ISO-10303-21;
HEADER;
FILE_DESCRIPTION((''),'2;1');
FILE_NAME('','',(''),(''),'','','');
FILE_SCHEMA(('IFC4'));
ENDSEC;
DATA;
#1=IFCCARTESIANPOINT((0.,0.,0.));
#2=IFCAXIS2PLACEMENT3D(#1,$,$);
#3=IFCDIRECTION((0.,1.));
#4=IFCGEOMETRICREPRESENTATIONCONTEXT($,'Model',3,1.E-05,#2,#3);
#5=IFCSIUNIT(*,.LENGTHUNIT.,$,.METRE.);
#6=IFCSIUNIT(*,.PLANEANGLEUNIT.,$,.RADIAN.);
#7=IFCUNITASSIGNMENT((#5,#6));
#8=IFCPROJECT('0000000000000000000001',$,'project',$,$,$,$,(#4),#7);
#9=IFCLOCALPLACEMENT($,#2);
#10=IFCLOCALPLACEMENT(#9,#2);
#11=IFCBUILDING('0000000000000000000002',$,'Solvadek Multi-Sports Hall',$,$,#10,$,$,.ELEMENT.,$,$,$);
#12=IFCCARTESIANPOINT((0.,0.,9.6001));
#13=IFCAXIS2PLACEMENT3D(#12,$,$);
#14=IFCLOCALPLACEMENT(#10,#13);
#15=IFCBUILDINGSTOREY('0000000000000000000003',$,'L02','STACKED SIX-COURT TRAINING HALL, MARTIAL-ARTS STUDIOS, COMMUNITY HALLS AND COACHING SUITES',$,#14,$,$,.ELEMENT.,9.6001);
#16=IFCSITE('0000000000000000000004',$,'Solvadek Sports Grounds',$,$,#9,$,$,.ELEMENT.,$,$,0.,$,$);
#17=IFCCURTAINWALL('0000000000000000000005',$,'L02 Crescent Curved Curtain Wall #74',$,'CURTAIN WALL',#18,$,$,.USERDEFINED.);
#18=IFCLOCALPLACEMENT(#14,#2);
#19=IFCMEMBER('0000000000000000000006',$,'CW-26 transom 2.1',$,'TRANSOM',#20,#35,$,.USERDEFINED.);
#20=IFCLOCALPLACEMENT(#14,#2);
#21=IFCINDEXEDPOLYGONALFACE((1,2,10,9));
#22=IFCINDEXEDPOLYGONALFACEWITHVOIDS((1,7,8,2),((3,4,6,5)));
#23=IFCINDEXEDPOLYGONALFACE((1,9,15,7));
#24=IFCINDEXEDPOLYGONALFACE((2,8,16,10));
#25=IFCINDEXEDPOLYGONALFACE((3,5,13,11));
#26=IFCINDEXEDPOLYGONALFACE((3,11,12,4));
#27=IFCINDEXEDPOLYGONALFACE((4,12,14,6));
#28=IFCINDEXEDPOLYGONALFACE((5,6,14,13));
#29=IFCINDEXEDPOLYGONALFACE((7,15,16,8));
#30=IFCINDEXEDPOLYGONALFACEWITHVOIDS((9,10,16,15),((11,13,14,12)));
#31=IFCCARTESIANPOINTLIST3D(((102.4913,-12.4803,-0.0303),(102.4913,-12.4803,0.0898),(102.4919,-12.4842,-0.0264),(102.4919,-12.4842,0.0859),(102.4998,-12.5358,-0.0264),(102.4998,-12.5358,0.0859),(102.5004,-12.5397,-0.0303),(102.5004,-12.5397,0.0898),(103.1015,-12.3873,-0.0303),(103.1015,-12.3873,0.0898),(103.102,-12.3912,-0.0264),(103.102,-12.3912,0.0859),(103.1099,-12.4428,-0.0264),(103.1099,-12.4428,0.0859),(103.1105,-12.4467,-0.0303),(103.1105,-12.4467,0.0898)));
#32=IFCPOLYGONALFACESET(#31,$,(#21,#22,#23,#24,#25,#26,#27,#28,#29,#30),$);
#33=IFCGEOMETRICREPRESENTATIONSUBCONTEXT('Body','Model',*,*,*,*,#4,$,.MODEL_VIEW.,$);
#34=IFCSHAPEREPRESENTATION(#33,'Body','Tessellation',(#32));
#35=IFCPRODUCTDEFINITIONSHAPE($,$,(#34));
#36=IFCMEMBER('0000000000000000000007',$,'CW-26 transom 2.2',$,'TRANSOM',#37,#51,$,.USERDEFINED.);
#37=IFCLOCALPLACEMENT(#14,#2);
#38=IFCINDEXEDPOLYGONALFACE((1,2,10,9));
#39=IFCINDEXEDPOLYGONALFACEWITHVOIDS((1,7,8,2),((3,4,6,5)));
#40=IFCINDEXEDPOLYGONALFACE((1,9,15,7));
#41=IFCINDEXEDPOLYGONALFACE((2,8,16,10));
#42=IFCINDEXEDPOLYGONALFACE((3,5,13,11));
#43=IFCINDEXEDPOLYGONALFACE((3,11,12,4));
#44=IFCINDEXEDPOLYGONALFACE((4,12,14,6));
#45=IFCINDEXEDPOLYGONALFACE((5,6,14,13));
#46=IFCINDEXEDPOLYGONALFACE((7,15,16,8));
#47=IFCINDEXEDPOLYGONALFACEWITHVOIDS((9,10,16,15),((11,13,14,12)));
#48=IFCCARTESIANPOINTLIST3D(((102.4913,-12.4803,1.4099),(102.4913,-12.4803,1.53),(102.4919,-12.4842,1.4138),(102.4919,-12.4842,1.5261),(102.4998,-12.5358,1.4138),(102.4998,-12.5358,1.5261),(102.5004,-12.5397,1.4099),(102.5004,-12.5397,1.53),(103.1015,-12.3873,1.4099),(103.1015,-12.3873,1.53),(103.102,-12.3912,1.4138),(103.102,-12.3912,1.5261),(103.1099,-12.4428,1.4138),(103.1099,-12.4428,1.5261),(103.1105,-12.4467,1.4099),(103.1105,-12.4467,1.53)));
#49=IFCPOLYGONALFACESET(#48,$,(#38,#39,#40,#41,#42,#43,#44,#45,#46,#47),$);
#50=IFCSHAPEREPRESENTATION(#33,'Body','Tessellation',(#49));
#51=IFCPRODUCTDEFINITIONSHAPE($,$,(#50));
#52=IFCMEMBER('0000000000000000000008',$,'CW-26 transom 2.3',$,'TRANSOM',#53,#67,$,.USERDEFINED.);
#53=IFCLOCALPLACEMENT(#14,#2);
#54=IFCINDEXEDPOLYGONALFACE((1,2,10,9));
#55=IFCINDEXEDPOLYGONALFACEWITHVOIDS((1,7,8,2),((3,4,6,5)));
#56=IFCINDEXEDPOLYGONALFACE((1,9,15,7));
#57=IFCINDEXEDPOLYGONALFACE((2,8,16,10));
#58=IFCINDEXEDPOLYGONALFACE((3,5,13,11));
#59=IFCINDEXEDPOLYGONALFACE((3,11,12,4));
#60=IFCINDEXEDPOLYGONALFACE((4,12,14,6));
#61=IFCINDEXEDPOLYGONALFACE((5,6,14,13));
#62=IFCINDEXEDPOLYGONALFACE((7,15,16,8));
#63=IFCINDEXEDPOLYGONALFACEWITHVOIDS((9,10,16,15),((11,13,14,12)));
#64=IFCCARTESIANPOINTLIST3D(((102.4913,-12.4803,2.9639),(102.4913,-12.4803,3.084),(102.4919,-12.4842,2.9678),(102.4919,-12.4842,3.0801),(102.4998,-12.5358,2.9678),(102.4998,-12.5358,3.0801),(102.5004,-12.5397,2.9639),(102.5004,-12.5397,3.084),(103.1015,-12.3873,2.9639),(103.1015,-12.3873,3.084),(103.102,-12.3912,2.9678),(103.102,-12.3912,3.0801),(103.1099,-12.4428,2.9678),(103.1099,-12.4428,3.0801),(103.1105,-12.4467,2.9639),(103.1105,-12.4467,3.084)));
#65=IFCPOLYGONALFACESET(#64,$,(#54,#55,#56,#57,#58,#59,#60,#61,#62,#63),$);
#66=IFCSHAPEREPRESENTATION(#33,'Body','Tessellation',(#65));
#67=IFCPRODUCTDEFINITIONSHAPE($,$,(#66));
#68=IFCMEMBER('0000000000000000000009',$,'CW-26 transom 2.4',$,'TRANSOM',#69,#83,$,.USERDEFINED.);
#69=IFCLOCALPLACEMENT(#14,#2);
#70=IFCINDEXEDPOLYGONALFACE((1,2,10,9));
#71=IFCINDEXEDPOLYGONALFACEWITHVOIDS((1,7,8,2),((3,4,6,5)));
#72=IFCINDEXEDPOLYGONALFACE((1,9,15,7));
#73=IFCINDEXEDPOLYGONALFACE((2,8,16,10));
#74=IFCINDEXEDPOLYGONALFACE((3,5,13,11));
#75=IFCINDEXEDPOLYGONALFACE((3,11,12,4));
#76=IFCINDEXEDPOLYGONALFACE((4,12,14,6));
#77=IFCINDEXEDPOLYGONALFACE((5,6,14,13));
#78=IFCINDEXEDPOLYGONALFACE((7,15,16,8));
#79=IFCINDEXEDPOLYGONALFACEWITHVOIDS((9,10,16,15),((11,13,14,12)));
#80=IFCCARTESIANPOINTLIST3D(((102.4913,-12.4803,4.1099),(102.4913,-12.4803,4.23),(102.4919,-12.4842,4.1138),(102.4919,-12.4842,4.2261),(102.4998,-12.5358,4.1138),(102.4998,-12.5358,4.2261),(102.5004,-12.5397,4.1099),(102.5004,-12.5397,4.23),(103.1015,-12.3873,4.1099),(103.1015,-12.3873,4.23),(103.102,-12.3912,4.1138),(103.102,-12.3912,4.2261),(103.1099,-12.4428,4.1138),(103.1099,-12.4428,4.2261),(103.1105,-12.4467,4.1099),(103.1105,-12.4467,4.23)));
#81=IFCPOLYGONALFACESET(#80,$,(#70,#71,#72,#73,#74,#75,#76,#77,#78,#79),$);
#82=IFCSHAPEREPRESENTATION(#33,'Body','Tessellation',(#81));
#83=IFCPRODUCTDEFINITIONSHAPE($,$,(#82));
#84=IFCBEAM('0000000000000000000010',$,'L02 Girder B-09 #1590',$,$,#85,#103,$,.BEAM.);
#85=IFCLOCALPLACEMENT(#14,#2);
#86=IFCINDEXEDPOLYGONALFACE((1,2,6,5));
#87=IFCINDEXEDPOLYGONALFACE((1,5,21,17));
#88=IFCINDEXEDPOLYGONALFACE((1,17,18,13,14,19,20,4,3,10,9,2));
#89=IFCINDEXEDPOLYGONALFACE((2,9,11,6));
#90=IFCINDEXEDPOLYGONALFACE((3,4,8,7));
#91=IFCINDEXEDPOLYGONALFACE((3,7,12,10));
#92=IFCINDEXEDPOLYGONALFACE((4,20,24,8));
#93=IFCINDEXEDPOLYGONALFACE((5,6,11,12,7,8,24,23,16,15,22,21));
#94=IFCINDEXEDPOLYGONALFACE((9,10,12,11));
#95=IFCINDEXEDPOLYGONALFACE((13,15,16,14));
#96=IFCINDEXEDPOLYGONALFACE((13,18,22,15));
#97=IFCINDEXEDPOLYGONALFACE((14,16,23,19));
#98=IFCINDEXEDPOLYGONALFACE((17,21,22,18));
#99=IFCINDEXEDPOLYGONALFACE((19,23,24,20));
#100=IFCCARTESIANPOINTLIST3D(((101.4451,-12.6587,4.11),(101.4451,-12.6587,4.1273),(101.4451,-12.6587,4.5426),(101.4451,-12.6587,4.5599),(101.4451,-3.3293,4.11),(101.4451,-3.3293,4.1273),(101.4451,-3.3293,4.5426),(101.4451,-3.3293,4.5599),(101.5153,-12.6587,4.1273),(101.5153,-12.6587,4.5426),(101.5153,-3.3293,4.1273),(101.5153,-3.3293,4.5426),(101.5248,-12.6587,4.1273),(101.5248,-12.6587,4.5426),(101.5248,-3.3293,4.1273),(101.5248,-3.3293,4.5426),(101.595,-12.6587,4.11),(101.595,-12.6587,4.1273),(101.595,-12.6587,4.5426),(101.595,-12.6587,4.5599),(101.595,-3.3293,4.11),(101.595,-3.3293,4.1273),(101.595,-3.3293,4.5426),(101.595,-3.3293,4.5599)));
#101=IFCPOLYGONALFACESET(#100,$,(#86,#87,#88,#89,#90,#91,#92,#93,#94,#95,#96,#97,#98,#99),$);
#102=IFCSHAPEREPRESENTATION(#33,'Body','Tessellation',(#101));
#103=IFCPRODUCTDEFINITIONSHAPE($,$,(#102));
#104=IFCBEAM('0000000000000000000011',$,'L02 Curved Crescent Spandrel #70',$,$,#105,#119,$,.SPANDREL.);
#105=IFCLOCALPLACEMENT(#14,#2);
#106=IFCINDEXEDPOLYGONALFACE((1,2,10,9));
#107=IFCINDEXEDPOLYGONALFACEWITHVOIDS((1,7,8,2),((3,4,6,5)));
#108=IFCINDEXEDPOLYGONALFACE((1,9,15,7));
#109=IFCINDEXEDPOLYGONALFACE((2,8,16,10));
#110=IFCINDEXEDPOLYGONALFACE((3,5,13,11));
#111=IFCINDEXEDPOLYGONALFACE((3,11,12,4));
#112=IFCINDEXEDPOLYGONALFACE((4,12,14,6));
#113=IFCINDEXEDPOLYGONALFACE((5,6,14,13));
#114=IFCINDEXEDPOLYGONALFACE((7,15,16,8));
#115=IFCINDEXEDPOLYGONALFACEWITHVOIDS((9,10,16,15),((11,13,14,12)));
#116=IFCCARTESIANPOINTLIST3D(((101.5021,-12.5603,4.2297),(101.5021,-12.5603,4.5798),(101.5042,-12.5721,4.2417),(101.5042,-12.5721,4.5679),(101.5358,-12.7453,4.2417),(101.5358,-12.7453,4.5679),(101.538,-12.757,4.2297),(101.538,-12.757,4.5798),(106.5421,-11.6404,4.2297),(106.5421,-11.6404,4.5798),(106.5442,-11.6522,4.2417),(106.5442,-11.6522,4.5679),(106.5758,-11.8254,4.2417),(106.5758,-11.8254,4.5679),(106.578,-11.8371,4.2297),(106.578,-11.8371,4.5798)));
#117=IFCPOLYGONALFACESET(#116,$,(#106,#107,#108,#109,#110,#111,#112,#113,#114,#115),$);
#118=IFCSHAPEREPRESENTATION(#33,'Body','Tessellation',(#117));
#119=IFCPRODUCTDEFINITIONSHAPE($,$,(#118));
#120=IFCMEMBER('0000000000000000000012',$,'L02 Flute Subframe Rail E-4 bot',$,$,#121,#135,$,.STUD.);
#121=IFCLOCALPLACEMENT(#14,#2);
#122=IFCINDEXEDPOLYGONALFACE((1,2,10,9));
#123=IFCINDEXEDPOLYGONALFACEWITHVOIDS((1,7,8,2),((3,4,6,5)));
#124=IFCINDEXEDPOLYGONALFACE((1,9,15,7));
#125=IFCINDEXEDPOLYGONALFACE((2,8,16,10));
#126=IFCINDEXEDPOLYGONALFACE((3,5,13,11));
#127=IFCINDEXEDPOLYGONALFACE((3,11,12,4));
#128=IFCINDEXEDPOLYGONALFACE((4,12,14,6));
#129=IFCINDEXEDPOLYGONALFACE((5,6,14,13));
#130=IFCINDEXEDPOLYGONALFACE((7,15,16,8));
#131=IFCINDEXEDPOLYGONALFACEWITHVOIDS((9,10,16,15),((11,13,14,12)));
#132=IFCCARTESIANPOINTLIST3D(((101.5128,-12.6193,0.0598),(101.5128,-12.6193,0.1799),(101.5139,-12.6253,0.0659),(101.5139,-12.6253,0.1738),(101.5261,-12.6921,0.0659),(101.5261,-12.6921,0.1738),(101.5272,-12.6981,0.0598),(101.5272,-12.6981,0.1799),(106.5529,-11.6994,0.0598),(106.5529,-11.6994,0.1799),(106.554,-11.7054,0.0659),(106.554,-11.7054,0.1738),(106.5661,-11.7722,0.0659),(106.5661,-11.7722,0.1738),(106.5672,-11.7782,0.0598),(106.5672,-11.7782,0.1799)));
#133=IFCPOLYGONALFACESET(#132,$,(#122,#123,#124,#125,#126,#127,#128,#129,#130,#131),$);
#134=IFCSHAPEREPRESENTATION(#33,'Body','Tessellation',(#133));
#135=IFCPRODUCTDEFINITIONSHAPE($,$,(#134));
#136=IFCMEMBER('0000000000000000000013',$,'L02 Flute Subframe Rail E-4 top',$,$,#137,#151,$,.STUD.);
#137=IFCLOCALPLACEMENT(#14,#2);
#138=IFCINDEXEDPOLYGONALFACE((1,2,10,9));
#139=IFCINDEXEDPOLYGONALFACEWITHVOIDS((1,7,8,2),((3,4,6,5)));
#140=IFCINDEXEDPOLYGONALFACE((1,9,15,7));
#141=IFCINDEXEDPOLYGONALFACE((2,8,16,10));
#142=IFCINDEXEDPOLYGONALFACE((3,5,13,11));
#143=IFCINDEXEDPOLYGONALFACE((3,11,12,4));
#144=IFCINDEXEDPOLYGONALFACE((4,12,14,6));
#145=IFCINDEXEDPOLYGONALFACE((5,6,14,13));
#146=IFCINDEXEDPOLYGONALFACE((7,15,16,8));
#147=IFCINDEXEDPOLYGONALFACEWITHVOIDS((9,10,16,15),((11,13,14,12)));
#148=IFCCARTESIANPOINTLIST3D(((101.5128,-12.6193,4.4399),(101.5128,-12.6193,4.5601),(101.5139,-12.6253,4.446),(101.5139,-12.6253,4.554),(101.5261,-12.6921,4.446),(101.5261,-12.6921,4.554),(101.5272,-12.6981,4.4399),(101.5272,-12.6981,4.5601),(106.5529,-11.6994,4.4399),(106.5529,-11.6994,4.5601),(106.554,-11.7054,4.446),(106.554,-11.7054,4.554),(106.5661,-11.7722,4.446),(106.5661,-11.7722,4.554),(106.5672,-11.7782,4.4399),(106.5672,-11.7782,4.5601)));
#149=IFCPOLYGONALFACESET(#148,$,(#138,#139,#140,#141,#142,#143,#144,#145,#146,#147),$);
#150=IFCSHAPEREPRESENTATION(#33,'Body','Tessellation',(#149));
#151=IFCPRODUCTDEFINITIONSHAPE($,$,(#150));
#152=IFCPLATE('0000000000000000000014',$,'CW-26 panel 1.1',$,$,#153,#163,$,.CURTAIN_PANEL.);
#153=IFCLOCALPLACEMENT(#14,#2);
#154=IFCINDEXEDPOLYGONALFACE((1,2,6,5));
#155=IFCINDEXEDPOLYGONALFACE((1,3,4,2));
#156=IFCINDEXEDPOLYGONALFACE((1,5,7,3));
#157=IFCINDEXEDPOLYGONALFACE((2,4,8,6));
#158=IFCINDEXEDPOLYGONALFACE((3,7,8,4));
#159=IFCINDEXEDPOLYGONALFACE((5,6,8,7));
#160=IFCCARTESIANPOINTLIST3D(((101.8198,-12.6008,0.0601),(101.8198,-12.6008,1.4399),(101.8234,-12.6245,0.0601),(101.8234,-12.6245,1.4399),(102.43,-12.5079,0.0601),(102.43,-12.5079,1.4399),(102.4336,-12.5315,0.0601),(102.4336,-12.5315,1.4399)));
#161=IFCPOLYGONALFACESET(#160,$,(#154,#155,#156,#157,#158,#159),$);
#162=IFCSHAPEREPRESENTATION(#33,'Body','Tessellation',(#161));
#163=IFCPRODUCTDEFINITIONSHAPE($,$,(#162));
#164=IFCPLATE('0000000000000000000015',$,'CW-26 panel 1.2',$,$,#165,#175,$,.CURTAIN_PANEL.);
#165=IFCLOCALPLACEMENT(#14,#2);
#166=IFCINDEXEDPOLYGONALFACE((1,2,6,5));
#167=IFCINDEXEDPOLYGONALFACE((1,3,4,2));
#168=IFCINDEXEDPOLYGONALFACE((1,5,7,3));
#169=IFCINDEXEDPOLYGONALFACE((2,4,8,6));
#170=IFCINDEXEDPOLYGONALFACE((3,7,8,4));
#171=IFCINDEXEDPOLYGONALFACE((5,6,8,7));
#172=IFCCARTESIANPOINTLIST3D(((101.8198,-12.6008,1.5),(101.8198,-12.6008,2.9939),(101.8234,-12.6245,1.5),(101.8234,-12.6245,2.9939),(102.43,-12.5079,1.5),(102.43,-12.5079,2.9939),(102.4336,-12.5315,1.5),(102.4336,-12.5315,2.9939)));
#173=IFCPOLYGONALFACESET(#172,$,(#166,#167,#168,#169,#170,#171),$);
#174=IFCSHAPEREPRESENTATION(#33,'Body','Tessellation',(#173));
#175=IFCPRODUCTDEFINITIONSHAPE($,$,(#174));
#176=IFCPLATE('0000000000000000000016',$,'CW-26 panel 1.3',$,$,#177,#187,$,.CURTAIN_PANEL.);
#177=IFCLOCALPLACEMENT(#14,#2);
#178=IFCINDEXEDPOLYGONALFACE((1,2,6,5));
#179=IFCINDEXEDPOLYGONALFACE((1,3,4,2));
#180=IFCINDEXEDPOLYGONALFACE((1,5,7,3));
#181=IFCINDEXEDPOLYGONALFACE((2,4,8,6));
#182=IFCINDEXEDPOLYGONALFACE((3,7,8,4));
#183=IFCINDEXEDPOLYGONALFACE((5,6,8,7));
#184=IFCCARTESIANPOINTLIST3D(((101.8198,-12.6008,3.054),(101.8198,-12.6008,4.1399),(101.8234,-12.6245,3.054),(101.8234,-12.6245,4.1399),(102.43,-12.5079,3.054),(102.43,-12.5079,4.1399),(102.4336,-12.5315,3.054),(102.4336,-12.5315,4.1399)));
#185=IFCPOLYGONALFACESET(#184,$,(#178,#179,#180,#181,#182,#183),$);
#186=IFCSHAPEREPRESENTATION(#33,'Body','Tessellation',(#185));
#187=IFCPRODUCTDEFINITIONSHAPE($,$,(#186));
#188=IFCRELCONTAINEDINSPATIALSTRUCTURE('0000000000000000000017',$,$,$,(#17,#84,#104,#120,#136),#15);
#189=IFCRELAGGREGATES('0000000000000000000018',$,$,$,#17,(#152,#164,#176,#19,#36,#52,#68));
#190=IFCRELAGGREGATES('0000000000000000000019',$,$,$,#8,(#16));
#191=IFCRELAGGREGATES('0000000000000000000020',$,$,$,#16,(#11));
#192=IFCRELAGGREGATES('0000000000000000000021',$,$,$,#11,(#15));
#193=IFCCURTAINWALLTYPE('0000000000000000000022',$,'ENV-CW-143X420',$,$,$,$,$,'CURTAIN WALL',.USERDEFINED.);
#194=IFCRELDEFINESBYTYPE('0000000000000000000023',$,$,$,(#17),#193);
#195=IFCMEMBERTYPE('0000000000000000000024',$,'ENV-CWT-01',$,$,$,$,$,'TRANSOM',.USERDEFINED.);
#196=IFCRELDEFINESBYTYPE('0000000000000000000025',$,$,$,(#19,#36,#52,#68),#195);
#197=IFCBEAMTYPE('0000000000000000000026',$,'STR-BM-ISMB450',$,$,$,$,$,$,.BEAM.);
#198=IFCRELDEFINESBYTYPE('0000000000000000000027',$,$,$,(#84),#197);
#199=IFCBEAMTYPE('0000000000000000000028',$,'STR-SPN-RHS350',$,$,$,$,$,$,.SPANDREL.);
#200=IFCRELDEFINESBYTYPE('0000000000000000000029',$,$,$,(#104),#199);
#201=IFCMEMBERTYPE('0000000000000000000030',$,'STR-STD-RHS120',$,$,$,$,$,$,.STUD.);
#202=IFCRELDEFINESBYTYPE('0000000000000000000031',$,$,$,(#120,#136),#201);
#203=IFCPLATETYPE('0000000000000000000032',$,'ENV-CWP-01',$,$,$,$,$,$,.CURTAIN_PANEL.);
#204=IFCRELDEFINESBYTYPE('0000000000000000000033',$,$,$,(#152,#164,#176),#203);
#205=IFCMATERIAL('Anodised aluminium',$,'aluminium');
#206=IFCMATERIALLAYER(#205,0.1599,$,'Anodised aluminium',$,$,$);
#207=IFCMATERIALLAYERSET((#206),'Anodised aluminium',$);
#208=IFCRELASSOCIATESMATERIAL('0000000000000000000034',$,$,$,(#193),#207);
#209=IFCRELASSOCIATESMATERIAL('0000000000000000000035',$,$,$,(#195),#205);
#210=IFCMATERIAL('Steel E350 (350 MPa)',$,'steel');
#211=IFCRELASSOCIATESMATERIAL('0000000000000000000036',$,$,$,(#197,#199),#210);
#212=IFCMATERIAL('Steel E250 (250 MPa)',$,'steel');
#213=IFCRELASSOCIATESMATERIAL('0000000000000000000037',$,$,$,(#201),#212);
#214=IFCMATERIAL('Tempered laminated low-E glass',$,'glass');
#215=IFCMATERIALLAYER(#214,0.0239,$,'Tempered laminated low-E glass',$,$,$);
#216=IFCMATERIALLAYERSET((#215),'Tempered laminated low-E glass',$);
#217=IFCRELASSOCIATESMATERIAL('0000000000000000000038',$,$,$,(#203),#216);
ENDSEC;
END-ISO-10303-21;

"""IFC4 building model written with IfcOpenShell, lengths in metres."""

from ifc_helpers import new_model, si_unit, direction, frame, origin, origin_2d, place, context, subcontext, project, spatial, rectangle, hollow_rectangle, i_section, extrude, material, layer, layer_set, material_profile, profile_set, type_object, element, aggregate, save


model = new_model("IFC4")

# Units and contexts
model_context = context("Model", 3, precision=1e-05, world=origin(), true_north=direction((0.0, 1.0)))
body_context = subcontext(model_context, "Body", "Model", "MODEL_VIEW")
ifc_project = project(units=[si_unit("LENGTHUNIT", "METRE"), si_unit("PLANEANGLEUNIT", "RADIAN")], contexts=[model_context])

# Site, building, storey
site_placement = place(None, origin())
site = spatial("IfcSite", under=ifc_project, at=site_placement, Name="Solvadek Sports Grounds", CompositionType="ELEMENT", RefElevation=0.0)
building_placement = place(site_placement, origin())
building = spatial("IfcBuilding", under=site, at=building_placement, Name="Solvadek Multi-Sports Hall", CompositionType="ELEMENT")
storey_placement = place(building_placement, frame((0.0, 0.0, 9.6001)))
storey = spatial("IfcBuildingStorey", under=building, at=storey_placement, Name="L02", Description="STACKED SIX-COURT TRAINING HALL, MARTIAL-ARTS STUDIOS, COMMUNITY HALLS AND COACHING SUITES", CompositionType="ELEMENT", Elevation=9.6001)

# Shared definitions
ifc_material_1 = material(Name="Steel E350 (350 MPa)", Category="steel")

# Shared definitions
ifc_material_2 = material(Name="Anodised aluminium", Category="aluminium")

# Curtain wall, members
ifc_layer_1 = layer(ifc_material_2, 0.1599, Name="Anodised aluminium")
ifc_layer_set_1 = layer_set([ifc_layer_1], Name="Anodised aluminium")
curtain_wall_type_1 = type_object("IfcCurtainWallType", Name="ENV-CW-143X420", ElementType="CURTAIN WALL", PredefinedType="USERDEFINED", material=ifc_layer_set_1)
curtain_wall_1_placement = place(storey_placement, origin())
curtain_wall_1 = element("IfcCurtainWall", 1, at=curtain_wall_1_placement, inside=storey, type_object=curtain_wall_type_1, Name="L02 Crescent Curved Curtain Wall #74", ObjectType="CURTAIN WALL", PredefinedType="USERDEFINED")
ifc_material_profile_1 = material_profile(ifc_material_2, hollow_rectangle(XDim=0.0601, YDim=0.1201, WallThickness=0.0039, at=origin_2d()), Name="ALU-T 120x60x4")
ifc_profile_set_1 = profile_set([ifc_material_profile_1], Name="Anodised aluminium")
member_type_1 = type_object("IfcMemberType", Name="ENV-CWT-01", ElementType="TRANSOM", PredefinedType="USERDEFINED", material=ifc_profile_set_1)
member_1_placement = place(storey_placement, frame((102.4958, -12.51, 0.0298), z_axis=(0.988577, 0.150719, 0.0), x_axis=(-0.150719, 0.988577, 0.0)))
member_1 = element("IfcMember", 2, at=member_1_placement, type_object=member_type_1, Name="CW-26 transom 2.1", ObjectType="TRANSOM", PredefinedType="USERDEFINED", context=body_context, shape_type="SweptSolid", body=[
    extrude(hollow_rectangle(XDim=0.0601, YDim=0.1201, WallThickness=0.0039, at=origin_2d()), origin(), (0.0, 0.0, 1.0), 0.6172),
])
member_2_placement = place(storey_placement, frame((102.4958, -12.51, 1.47), z_axis=(0.988577, 0.150719, 0.0), x_axis=(-0.150719, 0.988577, 0.0)))
member_2 = element("IfcMember", 3, at=member_2_placement, type_object=member_type_1, Name="CW-26 transom 2.2", ObjectType="TRANSOM", PredefinedType="USERDEFINED", context=body_context, shape_type="SweptSolid", body=[
    extrude(hollow_rectangle(XDim=0.0601, YDim=0.1201, WallThickness=0.0039, at=origin_2d()), origin(), (0.0, 0.0, 1.0), 0.6172),
])
member_3_placement = place(storey_placement, frame((102.4958, -12.51, 3.0239), z_axis=(0.988577, 0.150719, 0.0), x_axis=(-0.150719, 0.988577, 0.0)))
member_3 = element("IfcMember", 4, at=member_3_placement, type_object=member_type_1, Name="CW-26 transom 2.3", ObjectType="TRANSOM", PredefinedType="USERDEFINED", context=body_context, shape_type="SweptSolid", body=[
    extrude(hollow_rectangle(XDim=0.0601, YDim=0.1201, WallThickness=0.0039, at=origin_2d()), origin(), (0.0, 0.0, 1.0), 0.6172),
])
member_4_placement = place(storey_placement, frame((102.4958, -12.51, 4.1699), z_axis=(0.988577, 0.150719, 0.0), x_axis=(-0.150719, 0.988577, 0.0)))
member_4 = element("IfcMember", 5, at=member_4_placement, type_object=member_type_1, Name="CW-26 transom 2.4", ObjectType="TRANSOM", PredefinedType="USERDEFINED", context=body_context, shape_type="SweptSolid", body=[
    extrude(hollow_rectangle(XDim=0.0601, YDim=0.1201, WallThickness=0.0039, at=origin_2d()), origin(), (0.0, 0.0, 1.0), 0.6172),
])

# Beams
ifc_material_profile_2 = material_profile(ifc_material_1, i_section(OverallWidth=0.1499, OverallDepth=0.45, WebThickness=0.0095, FlangeThickness=0.0173, at=origin_2d()), Name="ISMB 450")
ifc_profile_set_2 = profile_set([ifc_material_profile_2], Name="Steel E350 (350 MPa)")
beam_type_1 = type_object("IfcBeamType", Name="STR-BM-ISMB450", PredefinedType="BEAM", material=ifc_profile_set_2)
beam_1_placement = place(storey_placement, frame((101.52, -12.6587, 4.335), z_axis=(0.0, 1.0, 0.0), x_axis=(-1.0, 0.0, 0.0)))
element("IfcBeam", 6, at=beam_1_placement, inside=storey, type_object=beam_type_1, Name="L02 Girder B-09 #1590", PredefinedType="BEAM", context=body_context, shape_type="SweptSolid", body=[
    extrude(i_section(OverallWidth=0.1499, OverallDepth=0.45, WebThickness=0.0095, FlangeThickness=0.0173, at=origin_2d()), origin(), (0.0, 0.0, 1.0), 9.3293),
])
ifc_material_profile_3 = material_profile(ifc_material_1, hollow_rectangle(XDim=0.2, YDim=0.3501, WallThickness=0.012, at=origin_2d()), Name="RHS 350x200x12")
ifc_profile_set_3 = profile_set([ifc_material_profile_3], Name="Steel E350 (350 MPa)")
beam_type_2 = type_object("IfcBeamType", Name="STR-SPN-RHS350", PredefinedType="SPANDREL", material=ifc_profile_set_3)
beam_2_placement = place(storey_placement, frame((101.52, -12.6587, 4.4048), z_axis=(0.983748, 0.179556, 0.0), x_axis=(-0.179556, 0.983748, 0.0)))
element("IfcBeam", 7, at=beam_2_placement, inside=storey, type_object=beam_type_2, Name="L02 Curved Crescent Spandrel #70", PredefinedType="SPANDREL", context=body_context, shape_type="SweptSolid", body=[
    extrude(hollow_rectangle(XDim=0.2, YDim=0.3501, WallThickness=0.012, at=origin_2d()), origin(), (0.0, 0.0, 1.0), 5.1233),
])

# Members
ifc_material_3 = material(Name="Steel E250 (250 MPa)", Category="steel")
ifc_material_profile_4 = material_profile(ifc_material_3, hollow_rectangle(XDim=0.0801, YDim=0.1201, WallThickness=0.0061, at=origin_2d()), Name="RHS 120x80x6")
ifc_profile_set_4 = profile_set([ifc_material_profile_4], Name="Steel E250 (250 MPa)")
member_type_2 = type_object("IfcMemberType", Name="STR-STD-RHS120", PredefinedType="STUD", material=ifc_profile_set_4)
for number, where, z_axis, x_axis, name in (
    (8, (101.52, -12.6587, 0.1199), (0.983748, 0.179556, 0.0), (-0.179556, 0.983748, 0.0), "L02 Flute Subframe Rail E-4 bot"),
    (9, (101.52, -12.6587, 4.5), (0.983748, 0.179556, 0.0), (-0.179556, 0.983748, 0.0), "L02 Flute Subframe Rail E-4 top"),
):
    element("IfcMember", number, at=place(storey_placement, frame(where, z_axis=z_axis, x_axis=x_axis)), inside=storey, type_object=member_type_2, Name=name, PredefinedType="STUD", context=body_context, shape_type="SweptSolid", body=[
        extrude(hollow_rectangle(XDim=0.0801, YDim=0.1201, WallThickness=0.0061, at=origin_2d()), origin(), (0.0, 0.0, 1.0), 5.1233),
    ])

# Plates
ifc_material_4 = material(Name="Tempered laminated low-E glass", Category="glass")
ifc_layer_2 = layer(ifc_material_4, 0.0239, Name="Tempered laminated low-E glass")
ifc_layer_set_2 = layer_set([ifc_layer_2], Name="Tempered laminated low-E glass")
plate_type_1 = type_object("IfcPlateType", Name="ENV-CWP-01", PredefinedType="CURTAIN_PANEL", material=ifc_layer_set_2)
plate_1_placement = place(storey_placement, frame((102.1267, -12.5662, 0.0601), z_axis=(0.0, 0.0, 1.0), x_axis=(0.9886, 0.150564, 0.0)))
plate_1 = element("IfcPlate", 10, at=plate_1_placement, type_object=plate_type_1, Name="CW-26 panel 1.1", PredefinedType="CURTAIN_PANEL", context=body_context, shape_type="SweptSolid", body=[
    extrude(rectangle(XDim=0.6172, YDim=0.0239, at=origin_2d()), origin(), (0.0, 0.0, 1.0), 1.3799),
])
plate_2_placement = place(storey_placement, frame((102.1267, -12.5662, 1.5), z_axis=(0.0, 0.0, 1.0), x_axis=(0.9886, 0.150564, 0.0)))
plate_2 = element("IfcPlate", 11, at=plate_2_placement, type_object=plate_type_1, Name="CW-26 panel 1.2", PredefinedType="CURTAIN_PANEL", context=body_context, shape_type="SweptSolid", body=[
    extrude(rectangle(XDim=0.6172, YDim=0.0239, at=origin_2d()), origin(), (0.0, 0.0, 1.0), 1.4939),
])
plate_3_placement = place(storey_placement, frame((102.1267, -12.5662, 3.054), z_axis=(0.0, 0.0, 1.0), x_axis=(0.9886, 0.150564, 0.0)))
plate_3 = element("IfcPlate", 12, at=plate_3_placement, type_object=plate_type_1, Name="CW-26 panel 1.3", PredefinedType="CURTAIN_PANEL", context=body_context, shape_type="SweptSolid", body=[
    extrude(rectangle(XDim=0.6172, YDim=0.0239, at=origin_2d()), origin(), (0.0, 0.0, 1.0), 1.0859),
])
aggregate(curtain_wall_1, [plate_1, plate_2, plate_3, member_1, member_2, member_3, member_4])

save(model, "model.ifc")
